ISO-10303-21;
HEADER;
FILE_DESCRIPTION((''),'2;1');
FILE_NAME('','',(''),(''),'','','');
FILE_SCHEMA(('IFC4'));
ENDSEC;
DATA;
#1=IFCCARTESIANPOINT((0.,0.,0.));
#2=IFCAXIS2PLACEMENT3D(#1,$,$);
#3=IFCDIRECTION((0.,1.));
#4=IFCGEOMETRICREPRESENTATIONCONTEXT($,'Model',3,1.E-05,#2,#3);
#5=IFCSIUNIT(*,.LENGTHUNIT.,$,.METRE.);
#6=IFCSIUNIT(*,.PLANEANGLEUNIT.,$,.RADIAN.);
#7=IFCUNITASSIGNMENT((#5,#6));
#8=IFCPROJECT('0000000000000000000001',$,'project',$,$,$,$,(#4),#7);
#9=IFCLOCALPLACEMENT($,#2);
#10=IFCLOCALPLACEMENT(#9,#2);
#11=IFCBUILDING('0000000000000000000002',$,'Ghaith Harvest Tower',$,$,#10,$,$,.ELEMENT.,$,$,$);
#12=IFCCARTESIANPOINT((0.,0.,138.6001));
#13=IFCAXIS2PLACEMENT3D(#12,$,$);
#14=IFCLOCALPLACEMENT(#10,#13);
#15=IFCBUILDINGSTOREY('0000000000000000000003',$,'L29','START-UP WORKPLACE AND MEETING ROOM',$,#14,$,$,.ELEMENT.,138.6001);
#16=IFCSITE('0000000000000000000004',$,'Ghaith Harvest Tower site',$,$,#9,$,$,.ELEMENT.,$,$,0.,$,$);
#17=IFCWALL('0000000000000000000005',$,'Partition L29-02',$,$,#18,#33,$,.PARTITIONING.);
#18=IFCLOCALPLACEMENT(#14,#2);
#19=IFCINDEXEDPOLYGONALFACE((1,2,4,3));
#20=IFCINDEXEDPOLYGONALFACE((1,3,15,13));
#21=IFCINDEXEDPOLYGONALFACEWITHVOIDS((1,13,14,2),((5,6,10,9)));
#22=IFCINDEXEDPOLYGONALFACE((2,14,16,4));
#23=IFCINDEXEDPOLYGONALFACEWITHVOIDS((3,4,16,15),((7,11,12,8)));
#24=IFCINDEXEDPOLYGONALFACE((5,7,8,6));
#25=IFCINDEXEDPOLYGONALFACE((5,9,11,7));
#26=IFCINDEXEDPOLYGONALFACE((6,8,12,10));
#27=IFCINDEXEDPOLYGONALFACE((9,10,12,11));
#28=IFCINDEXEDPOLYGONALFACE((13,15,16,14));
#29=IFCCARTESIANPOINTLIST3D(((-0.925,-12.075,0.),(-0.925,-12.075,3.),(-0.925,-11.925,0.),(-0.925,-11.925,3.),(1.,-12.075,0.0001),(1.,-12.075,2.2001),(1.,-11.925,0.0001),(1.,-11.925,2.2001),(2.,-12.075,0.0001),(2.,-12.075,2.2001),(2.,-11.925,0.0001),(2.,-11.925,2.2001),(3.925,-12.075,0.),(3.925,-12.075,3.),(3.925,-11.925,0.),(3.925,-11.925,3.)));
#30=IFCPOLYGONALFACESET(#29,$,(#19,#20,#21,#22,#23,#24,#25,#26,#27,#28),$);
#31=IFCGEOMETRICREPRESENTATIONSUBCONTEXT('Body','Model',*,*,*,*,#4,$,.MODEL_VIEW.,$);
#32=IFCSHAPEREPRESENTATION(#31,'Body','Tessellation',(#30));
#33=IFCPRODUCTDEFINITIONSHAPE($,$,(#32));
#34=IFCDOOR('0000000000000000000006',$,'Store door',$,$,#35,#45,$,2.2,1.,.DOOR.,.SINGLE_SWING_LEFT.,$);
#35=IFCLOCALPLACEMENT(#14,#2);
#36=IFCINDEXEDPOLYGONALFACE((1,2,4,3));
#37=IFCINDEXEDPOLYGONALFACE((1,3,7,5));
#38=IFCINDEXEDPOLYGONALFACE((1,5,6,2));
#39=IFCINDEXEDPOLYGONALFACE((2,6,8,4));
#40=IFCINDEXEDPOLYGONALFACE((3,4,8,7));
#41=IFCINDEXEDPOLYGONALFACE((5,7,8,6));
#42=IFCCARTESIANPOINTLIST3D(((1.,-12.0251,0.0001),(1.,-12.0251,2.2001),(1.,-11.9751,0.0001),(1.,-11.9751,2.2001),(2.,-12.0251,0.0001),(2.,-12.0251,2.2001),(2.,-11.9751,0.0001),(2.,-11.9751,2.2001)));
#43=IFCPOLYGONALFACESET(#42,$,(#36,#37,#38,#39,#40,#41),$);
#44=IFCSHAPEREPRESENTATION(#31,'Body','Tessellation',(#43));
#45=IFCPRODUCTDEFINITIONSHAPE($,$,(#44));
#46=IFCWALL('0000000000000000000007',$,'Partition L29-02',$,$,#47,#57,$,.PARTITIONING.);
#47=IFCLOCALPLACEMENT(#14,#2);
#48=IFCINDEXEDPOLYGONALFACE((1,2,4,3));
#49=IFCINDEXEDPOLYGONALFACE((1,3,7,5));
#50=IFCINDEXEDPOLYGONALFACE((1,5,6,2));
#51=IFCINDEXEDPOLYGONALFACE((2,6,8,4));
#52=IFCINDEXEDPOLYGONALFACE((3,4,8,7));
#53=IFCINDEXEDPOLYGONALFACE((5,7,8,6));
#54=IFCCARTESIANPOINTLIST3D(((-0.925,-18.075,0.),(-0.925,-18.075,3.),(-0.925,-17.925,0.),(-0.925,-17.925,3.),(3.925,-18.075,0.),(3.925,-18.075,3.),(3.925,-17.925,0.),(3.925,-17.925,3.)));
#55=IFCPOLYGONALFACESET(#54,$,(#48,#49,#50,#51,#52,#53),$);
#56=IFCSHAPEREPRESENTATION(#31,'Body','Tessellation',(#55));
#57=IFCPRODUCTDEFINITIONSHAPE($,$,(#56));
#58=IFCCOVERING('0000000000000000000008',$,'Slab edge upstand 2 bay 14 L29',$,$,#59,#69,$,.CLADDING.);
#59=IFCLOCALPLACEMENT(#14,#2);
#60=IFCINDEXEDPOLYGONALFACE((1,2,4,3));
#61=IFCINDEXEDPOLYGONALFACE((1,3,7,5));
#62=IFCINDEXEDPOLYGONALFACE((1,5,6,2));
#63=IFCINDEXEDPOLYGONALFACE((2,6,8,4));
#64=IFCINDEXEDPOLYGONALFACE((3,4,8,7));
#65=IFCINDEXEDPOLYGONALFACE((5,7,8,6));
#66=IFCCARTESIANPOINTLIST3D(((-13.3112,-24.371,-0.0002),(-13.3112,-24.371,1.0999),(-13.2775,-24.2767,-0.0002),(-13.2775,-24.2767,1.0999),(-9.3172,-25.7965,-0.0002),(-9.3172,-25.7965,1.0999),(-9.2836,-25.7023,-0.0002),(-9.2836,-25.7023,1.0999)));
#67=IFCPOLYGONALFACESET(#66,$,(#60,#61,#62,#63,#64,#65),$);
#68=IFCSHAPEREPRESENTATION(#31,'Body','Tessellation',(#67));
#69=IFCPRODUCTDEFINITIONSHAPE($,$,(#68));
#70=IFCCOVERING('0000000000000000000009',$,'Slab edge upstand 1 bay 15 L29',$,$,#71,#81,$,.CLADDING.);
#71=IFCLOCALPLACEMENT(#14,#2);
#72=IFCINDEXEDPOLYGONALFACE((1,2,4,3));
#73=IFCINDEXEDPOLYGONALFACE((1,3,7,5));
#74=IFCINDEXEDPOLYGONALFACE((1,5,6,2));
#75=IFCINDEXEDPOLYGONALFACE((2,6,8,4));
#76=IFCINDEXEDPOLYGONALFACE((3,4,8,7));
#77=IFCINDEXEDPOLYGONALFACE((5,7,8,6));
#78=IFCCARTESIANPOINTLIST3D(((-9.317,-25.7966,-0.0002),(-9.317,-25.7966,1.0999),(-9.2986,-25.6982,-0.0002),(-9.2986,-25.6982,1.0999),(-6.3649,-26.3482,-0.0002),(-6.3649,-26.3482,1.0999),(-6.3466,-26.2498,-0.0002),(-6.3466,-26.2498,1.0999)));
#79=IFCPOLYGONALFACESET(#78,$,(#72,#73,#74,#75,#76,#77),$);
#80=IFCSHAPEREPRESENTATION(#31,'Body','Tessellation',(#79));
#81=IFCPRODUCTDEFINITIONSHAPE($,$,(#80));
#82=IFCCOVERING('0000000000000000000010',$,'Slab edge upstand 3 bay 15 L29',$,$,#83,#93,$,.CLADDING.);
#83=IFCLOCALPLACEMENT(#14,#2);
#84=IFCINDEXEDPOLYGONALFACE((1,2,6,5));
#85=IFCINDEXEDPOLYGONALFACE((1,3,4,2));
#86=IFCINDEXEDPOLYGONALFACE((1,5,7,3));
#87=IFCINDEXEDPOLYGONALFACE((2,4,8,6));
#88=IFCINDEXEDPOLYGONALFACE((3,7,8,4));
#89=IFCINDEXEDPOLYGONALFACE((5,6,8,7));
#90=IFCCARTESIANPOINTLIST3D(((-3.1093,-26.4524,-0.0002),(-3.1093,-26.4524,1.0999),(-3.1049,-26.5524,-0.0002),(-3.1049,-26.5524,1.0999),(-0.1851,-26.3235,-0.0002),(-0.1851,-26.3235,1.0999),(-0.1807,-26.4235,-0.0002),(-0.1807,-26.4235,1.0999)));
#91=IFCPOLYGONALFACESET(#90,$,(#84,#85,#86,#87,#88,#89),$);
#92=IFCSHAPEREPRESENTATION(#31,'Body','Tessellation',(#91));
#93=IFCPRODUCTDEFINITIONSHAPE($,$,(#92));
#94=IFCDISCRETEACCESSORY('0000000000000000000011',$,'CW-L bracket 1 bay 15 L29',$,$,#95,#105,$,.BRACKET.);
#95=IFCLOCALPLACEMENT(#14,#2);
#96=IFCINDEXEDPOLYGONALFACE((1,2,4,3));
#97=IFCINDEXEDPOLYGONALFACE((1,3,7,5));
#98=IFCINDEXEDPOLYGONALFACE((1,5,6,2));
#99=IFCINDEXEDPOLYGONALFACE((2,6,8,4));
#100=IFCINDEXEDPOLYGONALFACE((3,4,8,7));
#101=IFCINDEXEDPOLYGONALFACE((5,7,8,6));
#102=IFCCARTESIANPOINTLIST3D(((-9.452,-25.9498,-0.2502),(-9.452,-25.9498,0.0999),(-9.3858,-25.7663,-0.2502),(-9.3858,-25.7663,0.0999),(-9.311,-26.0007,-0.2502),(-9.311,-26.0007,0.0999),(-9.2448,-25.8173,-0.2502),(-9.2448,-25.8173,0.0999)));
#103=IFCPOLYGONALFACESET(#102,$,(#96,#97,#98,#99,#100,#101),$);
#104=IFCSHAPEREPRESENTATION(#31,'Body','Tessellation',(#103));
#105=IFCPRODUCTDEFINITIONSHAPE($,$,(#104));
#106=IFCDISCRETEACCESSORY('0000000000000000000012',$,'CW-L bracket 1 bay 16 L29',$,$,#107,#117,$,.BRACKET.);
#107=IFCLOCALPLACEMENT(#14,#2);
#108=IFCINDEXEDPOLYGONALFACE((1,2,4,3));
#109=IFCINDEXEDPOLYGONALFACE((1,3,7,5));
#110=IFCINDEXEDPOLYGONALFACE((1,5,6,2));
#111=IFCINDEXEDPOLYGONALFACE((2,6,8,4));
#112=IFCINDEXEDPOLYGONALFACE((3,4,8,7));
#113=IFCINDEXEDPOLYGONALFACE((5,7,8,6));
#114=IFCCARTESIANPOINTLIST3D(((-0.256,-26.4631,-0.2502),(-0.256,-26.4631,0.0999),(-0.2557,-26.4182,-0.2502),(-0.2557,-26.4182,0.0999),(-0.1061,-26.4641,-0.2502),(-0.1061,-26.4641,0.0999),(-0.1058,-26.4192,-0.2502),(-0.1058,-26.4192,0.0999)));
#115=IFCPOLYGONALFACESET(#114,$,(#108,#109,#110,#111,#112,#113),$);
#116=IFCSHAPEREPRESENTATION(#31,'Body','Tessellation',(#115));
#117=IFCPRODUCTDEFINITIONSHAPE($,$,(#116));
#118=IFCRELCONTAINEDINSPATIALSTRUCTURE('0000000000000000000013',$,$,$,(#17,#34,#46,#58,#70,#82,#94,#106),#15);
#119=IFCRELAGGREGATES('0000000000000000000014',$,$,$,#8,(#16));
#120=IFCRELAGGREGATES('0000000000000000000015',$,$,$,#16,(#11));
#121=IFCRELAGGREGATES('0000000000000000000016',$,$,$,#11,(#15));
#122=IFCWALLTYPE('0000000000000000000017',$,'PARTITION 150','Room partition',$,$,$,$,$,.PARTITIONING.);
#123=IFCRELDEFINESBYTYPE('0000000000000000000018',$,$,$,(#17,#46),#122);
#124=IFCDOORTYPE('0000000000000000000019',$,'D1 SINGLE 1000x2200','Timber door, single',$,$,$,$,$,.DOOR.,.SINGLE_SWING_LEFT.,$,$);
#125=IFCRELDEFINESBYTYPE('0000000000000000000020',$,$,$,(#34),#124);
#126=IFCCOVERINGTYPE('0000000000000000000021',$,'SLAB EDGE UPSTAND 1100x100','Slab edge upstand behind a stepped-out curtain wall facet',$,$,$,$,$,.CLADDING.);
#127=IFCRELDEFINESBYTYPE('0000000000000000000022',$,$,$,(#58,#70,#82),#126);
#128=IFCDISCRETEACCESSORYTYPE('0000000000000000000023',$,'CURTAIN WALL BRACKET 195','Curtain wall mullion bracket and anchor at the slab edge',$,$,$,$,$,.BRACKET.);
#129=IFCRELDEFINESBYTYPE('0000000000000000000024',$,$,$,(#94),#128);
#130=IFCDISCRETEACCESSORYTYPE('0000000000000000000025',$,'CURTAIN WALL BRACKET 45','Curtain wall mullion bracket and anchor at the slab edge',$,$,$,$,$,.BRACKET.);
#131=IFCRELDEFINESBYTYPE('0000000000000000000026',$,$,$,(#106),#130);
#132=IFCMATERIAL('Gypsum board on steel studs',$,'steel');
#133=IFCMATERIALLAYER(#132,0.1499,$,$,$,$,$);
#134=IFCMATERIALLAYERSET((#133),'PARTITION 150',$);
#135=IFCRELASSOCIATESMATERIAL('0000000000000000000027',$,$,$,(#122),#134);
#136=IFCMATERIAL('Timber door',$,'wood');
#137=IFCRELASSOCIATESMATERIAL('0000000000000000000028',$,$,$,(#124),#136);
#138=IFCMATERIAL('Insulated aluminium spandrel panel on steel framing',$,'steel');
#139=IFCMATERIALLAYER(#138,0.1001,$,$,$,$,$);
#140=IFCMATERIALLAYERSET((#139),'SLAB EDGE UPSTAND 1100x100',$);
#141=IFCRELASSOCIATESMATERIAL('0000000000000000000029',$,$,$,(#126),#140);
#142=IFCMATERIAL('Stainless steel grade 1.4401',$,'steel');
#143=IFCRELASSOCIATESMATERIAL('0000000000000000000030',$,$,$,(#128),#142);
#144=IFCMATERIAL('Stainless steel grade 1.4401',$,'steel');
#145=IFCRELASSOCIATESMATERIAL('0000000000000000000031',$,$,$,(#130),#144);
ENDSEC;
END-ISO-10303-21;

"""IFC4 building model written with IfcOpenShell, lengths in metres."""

from ifc_helpers import new_model, si_unit, direction, frame, frame_2d, origin, origin_2d, place, context, subcontext, project, spatial, rectangle, extrude, material, layer, layer_set, type_object, element, fill, save


model = new_model("IFC4")

# Units and contexts
model_context = context("Model", 3, precision=1e-05, world=origin(), true_north=direction((0.0, 1.0)))
body_context = subcontext(model_context, "Body", "Model", "MODEL_VIEW")
ifc_project = project(units=[si_unit("LENGTHUNIT", "METRE"), si_unit("PLANEANGLEUNIT", "RADIAN")], contexts=[model_context])

# Site, building, storey
site_placement = place(None, origin())
site = spatial("IfcSite", under=ifc_project, at=site_placement, Name="Ghaith Harvest Tower site", CompositionType="ELEMENT", RefElevation=0.0)
building_placement = place(site_placement, origin())
building = spatial("IfcBuilding", under=site, at=building_placement, Name="Ghaith Harvest Tower", CompositionType="ELEMENT")
storey_placement = place(building_placement, frame((0.0, 0.0, 138.6001)))
storey = spatial("IfcBuildingStorey", under=building, at=storey_placement, Name="L29", Description="START-UP WORKPLACE AND MEETING ROOM", CompositionType="ELEMENT", Elevation=138.6001)

# Shared definitions
ifc_material_1 = material(Name="Gypsum board on steel studs", Category="steel")
ifc_layer_1 = layer(ifc_material_1, 0.1499)
ifc_layer_set_1 = layer_set([ifc_layer_1], Name="PARTITION 150")
wall_type = type_object("IfcWallType", Name="PARTITION 150", Description="Room partition", PredefinedType="PARTITIONING", material=ifc_layer_set_1)

# Wall, opening, door
wall_1_placement = place(storey_placement, frame((-0.925, -12.0, 0.0), z_axis=(0.0, 0.0, 1.0), x_axis=(1.0, 0.0, 0.0)))
wall_1 = element("IfcWall", 1, at=wall_1_placement, inside=storey, type_object=wall_type, Name="Partition L29-02", PredefinedType="PARTITIONING", context=body_context, shape_type="SweptSolid", body=[
    extrude(rectangle(XDim=4.8501, YDim=0.1499, at=frame_2d((2.425, 0.0))), origin(), (0.0, 0.0, 1.0), 3.0),
])
opening_placement = place(wall_1_placement, frame((1.925, 0.0, 0.0)))
opening = element("IfcOpeningElement", 2, at=opening_placement, cuts=wall_1, PredefinedType="OPENING", context=body_context, shape_type="SweptSolid", body=[
    extrude(rectangle(XDim=1.0, YDim=2.2, at=frame_2d((0.5, 1.1001))), frame((0.0, 0.085, 0.0), z_axis=(0.0, -1.0, 0.0), x_axis=(1.0, 0.0, 0.0)), (0.0, 0.0, 1.0), 0.1699),
])
ifc_material_2 = material(Name="Timber door", Category="wood")
door_type = type_object("IfcDoorType", Name="D1 SINGLE 1000x2200", Description="Timber door, single", OperationType="SINGLE_SWING_LEFT", PredefinedType="DOOR", material=ifc_material_2)
door_placement = place(opening_placement, origin())
door = element("IfcDoor", 3, at=door_placement, inside=storey, type_object=door_type, Name="Store door", OperationType="SINGLE_SWING_LEFT", OverallHeight=2.2, OverallWidth=1.0, PredefinedType="DOOR", context=body_context, shape_type="SweptSolid", body=[
    extrude(rectangle(XDim=1.0, YDim=2.2, at=frame_2d((0.5, 1.1001))), frame((0.0, 0.0249, 0.0), z_axis=(0.0, -1.0, 0.0), x_axis=(1.0, 0.0, 0.0)), (0.0, 0.0, 1.0), 0.05),
])
fill(opening, door)

# Wall
wall_2_placement = place(storey_placement, frame((-0.925, -18.0, 0.0), z_axis=(0.0, 0.0, 1.0), x_axis=(1.0, 0.0, 0.0)))
element("IfcWall", 4, at=wall_2_placement, inside=storey, type_object=wall_type, Name="Partition L29-02", PredefinedType="PARTITIONING", context=body_context, shape_type="SweptSolid", body=[
    extrude(rectangle(XDim=4.8501, YDim=0.1499, at=frame_2d((2.425, 0.0))), origin(), (0.0, 0.0, 1.0), 3.0),
])

# Coverings
ifc_material_3 = material(Name="Insulated aluminium spandrel panel on steel framing", Category="steel")
ifc_layer_2 = layer(ifc_material_3, 0.1001)
ifc_layer_set_2 = layer_set([ifc_layer_2], Name="SLAB EDGE UPSTAND 1100x100")
covering_type = type_object("IfcCoveringType", Name="SLAB EDGE UPSTAND 1100x100", Description="Slab edge upstand behind a stepped-out curtain wall facet", PredefinedType="CLADDING", material=ifc_layer_set_2)
covering_1_placement = place(storey_placement, frame((-11.2974, -25.0366, -0.0002), z_axis=(0.0, 0.0, 1.0), x_axis=(0.941807, -0.336154, 0.0)))
element("IfcCovering", 5, at=covering_1_placement, inside=storey, type_object=covering_type, Name="Slab edge upstand 2 bay 14 L29", PredefinedType="CLADDING", context=body_context, shape_type="SweptSolid", body=[
    extrude(rectangle(XDim=4.2407, YDim=0.1001, at=origin_2d()), origin(), (0.0, 0.0, 1.0), 1.1001),
])
covering_2_placement = place(storey_placement, frame((-7.8318, -26.0232, -0.0002), z_axis=(0.0, 0.0, 1.0), x_axis=(0.98299, -0.183659, 0.0)))
element("IfcCovering", 6, at=covering_2_placement, inside=storey, type_object=covering_type, Name="Slab edge upstand 1 bay 15 L29", PredefinedType="CLADDING", context=body_context, shape_type="SweptSolid", body=[
    extrude(rectangle(XDim=3.0032, YDim=0.1001, at=origin_2d()), origin(), (0.0, 0.0, 1.0), 1.1001),
])
covering_3_placement = place(storey_placement, frame((-1.645, -26.438, -0.0002), z_axis=(0.0, 0.0, 1.0), x_axis=(0.99903, 0.044045, 0.0)))
element("IfcCovering", 7, at=covering_3_placement, inside=storey, type_object=covering_type, Name="Slab edge upstand 3 bay 15 L29", PredefinedType="CLADDING", context=body_context, shape_type="SweptSolid", body=[
    extrude(rectangle(XDim=2.927, YDim=0.1001, at=origin_2d()), origin(), (0.0, 0.0, 1.0), 1.1001),
])

# Discrete accessories
ifc_material_4 = material(Name="Stainless steel grade 1.4401", Category="steel")
discrete_accessory_type_1 = type_object("IfcDiscreteAccessoryType", Name="CURTAIN WALL BRACKET 195", Description="Curtain wall mullion bracket and anchor at the slab edge", PredefinedType="BRACKET", material=ifc_material_4)
discrete_accessory_1_placement = place(storey_placement, frame((-9.3484, -25.8835, -0.2502), z_axis=(0.0, 0.0, 1.0), x_axis=(-0.339699, -0.940534, 0.0)))
element("IfcDiscreteAccessory", 8, at=discrete_accessory_1_placement, inside=storey, type_object=discrete_accessory_type_1, Name="CW-L bracket 1 bay 15 L29", PredefinedType="BRACKET", context=body_context, shape_type="SweptSolid", body=[
    extrude(rectangle(XDim=0.1951, YDim=0.1499, at=origin_2d()), origin(), (0.0, 0.0, 1.0), 0.3501),
])
ifc_material_5 = material(Name="Stainless steel grade 1.4401", Category="steel")
discrete_accessory_type_2 = type_object("IfcDiscreteAccessoryType", Name="CURTAIN WALL BRACKET 45", Description="Curtain wall mullion bracket and anchor at the slab edge", PredefinedType="BRACKET", material=ifc_material_5)
discrete_accessory_2_placement = place(storey_placement, frame((-0.1809, -26.4412, -0.2502), z_axis=(0.0, 0.0, 1.0), x_axis=(-0.006844, -0.999977, 0.0)))
element("IfcDiscreteAccessory", 9, at=discrete_accessory_2_placement, inside=storey, type_object=discrete_accessory_type_2, Name="CW-L bracket 1 bay 16 L29", PredefinedType="BRACKET", context=body_context, shape_type="SweptSolid", body=[
    extrude(rectangle(XDim=0.0449, YDim=0.1499, at=origin_2d()), origin(), (0.0, 0.0, 1.0), 0.3501),
])

save(model, "model.ifc")
